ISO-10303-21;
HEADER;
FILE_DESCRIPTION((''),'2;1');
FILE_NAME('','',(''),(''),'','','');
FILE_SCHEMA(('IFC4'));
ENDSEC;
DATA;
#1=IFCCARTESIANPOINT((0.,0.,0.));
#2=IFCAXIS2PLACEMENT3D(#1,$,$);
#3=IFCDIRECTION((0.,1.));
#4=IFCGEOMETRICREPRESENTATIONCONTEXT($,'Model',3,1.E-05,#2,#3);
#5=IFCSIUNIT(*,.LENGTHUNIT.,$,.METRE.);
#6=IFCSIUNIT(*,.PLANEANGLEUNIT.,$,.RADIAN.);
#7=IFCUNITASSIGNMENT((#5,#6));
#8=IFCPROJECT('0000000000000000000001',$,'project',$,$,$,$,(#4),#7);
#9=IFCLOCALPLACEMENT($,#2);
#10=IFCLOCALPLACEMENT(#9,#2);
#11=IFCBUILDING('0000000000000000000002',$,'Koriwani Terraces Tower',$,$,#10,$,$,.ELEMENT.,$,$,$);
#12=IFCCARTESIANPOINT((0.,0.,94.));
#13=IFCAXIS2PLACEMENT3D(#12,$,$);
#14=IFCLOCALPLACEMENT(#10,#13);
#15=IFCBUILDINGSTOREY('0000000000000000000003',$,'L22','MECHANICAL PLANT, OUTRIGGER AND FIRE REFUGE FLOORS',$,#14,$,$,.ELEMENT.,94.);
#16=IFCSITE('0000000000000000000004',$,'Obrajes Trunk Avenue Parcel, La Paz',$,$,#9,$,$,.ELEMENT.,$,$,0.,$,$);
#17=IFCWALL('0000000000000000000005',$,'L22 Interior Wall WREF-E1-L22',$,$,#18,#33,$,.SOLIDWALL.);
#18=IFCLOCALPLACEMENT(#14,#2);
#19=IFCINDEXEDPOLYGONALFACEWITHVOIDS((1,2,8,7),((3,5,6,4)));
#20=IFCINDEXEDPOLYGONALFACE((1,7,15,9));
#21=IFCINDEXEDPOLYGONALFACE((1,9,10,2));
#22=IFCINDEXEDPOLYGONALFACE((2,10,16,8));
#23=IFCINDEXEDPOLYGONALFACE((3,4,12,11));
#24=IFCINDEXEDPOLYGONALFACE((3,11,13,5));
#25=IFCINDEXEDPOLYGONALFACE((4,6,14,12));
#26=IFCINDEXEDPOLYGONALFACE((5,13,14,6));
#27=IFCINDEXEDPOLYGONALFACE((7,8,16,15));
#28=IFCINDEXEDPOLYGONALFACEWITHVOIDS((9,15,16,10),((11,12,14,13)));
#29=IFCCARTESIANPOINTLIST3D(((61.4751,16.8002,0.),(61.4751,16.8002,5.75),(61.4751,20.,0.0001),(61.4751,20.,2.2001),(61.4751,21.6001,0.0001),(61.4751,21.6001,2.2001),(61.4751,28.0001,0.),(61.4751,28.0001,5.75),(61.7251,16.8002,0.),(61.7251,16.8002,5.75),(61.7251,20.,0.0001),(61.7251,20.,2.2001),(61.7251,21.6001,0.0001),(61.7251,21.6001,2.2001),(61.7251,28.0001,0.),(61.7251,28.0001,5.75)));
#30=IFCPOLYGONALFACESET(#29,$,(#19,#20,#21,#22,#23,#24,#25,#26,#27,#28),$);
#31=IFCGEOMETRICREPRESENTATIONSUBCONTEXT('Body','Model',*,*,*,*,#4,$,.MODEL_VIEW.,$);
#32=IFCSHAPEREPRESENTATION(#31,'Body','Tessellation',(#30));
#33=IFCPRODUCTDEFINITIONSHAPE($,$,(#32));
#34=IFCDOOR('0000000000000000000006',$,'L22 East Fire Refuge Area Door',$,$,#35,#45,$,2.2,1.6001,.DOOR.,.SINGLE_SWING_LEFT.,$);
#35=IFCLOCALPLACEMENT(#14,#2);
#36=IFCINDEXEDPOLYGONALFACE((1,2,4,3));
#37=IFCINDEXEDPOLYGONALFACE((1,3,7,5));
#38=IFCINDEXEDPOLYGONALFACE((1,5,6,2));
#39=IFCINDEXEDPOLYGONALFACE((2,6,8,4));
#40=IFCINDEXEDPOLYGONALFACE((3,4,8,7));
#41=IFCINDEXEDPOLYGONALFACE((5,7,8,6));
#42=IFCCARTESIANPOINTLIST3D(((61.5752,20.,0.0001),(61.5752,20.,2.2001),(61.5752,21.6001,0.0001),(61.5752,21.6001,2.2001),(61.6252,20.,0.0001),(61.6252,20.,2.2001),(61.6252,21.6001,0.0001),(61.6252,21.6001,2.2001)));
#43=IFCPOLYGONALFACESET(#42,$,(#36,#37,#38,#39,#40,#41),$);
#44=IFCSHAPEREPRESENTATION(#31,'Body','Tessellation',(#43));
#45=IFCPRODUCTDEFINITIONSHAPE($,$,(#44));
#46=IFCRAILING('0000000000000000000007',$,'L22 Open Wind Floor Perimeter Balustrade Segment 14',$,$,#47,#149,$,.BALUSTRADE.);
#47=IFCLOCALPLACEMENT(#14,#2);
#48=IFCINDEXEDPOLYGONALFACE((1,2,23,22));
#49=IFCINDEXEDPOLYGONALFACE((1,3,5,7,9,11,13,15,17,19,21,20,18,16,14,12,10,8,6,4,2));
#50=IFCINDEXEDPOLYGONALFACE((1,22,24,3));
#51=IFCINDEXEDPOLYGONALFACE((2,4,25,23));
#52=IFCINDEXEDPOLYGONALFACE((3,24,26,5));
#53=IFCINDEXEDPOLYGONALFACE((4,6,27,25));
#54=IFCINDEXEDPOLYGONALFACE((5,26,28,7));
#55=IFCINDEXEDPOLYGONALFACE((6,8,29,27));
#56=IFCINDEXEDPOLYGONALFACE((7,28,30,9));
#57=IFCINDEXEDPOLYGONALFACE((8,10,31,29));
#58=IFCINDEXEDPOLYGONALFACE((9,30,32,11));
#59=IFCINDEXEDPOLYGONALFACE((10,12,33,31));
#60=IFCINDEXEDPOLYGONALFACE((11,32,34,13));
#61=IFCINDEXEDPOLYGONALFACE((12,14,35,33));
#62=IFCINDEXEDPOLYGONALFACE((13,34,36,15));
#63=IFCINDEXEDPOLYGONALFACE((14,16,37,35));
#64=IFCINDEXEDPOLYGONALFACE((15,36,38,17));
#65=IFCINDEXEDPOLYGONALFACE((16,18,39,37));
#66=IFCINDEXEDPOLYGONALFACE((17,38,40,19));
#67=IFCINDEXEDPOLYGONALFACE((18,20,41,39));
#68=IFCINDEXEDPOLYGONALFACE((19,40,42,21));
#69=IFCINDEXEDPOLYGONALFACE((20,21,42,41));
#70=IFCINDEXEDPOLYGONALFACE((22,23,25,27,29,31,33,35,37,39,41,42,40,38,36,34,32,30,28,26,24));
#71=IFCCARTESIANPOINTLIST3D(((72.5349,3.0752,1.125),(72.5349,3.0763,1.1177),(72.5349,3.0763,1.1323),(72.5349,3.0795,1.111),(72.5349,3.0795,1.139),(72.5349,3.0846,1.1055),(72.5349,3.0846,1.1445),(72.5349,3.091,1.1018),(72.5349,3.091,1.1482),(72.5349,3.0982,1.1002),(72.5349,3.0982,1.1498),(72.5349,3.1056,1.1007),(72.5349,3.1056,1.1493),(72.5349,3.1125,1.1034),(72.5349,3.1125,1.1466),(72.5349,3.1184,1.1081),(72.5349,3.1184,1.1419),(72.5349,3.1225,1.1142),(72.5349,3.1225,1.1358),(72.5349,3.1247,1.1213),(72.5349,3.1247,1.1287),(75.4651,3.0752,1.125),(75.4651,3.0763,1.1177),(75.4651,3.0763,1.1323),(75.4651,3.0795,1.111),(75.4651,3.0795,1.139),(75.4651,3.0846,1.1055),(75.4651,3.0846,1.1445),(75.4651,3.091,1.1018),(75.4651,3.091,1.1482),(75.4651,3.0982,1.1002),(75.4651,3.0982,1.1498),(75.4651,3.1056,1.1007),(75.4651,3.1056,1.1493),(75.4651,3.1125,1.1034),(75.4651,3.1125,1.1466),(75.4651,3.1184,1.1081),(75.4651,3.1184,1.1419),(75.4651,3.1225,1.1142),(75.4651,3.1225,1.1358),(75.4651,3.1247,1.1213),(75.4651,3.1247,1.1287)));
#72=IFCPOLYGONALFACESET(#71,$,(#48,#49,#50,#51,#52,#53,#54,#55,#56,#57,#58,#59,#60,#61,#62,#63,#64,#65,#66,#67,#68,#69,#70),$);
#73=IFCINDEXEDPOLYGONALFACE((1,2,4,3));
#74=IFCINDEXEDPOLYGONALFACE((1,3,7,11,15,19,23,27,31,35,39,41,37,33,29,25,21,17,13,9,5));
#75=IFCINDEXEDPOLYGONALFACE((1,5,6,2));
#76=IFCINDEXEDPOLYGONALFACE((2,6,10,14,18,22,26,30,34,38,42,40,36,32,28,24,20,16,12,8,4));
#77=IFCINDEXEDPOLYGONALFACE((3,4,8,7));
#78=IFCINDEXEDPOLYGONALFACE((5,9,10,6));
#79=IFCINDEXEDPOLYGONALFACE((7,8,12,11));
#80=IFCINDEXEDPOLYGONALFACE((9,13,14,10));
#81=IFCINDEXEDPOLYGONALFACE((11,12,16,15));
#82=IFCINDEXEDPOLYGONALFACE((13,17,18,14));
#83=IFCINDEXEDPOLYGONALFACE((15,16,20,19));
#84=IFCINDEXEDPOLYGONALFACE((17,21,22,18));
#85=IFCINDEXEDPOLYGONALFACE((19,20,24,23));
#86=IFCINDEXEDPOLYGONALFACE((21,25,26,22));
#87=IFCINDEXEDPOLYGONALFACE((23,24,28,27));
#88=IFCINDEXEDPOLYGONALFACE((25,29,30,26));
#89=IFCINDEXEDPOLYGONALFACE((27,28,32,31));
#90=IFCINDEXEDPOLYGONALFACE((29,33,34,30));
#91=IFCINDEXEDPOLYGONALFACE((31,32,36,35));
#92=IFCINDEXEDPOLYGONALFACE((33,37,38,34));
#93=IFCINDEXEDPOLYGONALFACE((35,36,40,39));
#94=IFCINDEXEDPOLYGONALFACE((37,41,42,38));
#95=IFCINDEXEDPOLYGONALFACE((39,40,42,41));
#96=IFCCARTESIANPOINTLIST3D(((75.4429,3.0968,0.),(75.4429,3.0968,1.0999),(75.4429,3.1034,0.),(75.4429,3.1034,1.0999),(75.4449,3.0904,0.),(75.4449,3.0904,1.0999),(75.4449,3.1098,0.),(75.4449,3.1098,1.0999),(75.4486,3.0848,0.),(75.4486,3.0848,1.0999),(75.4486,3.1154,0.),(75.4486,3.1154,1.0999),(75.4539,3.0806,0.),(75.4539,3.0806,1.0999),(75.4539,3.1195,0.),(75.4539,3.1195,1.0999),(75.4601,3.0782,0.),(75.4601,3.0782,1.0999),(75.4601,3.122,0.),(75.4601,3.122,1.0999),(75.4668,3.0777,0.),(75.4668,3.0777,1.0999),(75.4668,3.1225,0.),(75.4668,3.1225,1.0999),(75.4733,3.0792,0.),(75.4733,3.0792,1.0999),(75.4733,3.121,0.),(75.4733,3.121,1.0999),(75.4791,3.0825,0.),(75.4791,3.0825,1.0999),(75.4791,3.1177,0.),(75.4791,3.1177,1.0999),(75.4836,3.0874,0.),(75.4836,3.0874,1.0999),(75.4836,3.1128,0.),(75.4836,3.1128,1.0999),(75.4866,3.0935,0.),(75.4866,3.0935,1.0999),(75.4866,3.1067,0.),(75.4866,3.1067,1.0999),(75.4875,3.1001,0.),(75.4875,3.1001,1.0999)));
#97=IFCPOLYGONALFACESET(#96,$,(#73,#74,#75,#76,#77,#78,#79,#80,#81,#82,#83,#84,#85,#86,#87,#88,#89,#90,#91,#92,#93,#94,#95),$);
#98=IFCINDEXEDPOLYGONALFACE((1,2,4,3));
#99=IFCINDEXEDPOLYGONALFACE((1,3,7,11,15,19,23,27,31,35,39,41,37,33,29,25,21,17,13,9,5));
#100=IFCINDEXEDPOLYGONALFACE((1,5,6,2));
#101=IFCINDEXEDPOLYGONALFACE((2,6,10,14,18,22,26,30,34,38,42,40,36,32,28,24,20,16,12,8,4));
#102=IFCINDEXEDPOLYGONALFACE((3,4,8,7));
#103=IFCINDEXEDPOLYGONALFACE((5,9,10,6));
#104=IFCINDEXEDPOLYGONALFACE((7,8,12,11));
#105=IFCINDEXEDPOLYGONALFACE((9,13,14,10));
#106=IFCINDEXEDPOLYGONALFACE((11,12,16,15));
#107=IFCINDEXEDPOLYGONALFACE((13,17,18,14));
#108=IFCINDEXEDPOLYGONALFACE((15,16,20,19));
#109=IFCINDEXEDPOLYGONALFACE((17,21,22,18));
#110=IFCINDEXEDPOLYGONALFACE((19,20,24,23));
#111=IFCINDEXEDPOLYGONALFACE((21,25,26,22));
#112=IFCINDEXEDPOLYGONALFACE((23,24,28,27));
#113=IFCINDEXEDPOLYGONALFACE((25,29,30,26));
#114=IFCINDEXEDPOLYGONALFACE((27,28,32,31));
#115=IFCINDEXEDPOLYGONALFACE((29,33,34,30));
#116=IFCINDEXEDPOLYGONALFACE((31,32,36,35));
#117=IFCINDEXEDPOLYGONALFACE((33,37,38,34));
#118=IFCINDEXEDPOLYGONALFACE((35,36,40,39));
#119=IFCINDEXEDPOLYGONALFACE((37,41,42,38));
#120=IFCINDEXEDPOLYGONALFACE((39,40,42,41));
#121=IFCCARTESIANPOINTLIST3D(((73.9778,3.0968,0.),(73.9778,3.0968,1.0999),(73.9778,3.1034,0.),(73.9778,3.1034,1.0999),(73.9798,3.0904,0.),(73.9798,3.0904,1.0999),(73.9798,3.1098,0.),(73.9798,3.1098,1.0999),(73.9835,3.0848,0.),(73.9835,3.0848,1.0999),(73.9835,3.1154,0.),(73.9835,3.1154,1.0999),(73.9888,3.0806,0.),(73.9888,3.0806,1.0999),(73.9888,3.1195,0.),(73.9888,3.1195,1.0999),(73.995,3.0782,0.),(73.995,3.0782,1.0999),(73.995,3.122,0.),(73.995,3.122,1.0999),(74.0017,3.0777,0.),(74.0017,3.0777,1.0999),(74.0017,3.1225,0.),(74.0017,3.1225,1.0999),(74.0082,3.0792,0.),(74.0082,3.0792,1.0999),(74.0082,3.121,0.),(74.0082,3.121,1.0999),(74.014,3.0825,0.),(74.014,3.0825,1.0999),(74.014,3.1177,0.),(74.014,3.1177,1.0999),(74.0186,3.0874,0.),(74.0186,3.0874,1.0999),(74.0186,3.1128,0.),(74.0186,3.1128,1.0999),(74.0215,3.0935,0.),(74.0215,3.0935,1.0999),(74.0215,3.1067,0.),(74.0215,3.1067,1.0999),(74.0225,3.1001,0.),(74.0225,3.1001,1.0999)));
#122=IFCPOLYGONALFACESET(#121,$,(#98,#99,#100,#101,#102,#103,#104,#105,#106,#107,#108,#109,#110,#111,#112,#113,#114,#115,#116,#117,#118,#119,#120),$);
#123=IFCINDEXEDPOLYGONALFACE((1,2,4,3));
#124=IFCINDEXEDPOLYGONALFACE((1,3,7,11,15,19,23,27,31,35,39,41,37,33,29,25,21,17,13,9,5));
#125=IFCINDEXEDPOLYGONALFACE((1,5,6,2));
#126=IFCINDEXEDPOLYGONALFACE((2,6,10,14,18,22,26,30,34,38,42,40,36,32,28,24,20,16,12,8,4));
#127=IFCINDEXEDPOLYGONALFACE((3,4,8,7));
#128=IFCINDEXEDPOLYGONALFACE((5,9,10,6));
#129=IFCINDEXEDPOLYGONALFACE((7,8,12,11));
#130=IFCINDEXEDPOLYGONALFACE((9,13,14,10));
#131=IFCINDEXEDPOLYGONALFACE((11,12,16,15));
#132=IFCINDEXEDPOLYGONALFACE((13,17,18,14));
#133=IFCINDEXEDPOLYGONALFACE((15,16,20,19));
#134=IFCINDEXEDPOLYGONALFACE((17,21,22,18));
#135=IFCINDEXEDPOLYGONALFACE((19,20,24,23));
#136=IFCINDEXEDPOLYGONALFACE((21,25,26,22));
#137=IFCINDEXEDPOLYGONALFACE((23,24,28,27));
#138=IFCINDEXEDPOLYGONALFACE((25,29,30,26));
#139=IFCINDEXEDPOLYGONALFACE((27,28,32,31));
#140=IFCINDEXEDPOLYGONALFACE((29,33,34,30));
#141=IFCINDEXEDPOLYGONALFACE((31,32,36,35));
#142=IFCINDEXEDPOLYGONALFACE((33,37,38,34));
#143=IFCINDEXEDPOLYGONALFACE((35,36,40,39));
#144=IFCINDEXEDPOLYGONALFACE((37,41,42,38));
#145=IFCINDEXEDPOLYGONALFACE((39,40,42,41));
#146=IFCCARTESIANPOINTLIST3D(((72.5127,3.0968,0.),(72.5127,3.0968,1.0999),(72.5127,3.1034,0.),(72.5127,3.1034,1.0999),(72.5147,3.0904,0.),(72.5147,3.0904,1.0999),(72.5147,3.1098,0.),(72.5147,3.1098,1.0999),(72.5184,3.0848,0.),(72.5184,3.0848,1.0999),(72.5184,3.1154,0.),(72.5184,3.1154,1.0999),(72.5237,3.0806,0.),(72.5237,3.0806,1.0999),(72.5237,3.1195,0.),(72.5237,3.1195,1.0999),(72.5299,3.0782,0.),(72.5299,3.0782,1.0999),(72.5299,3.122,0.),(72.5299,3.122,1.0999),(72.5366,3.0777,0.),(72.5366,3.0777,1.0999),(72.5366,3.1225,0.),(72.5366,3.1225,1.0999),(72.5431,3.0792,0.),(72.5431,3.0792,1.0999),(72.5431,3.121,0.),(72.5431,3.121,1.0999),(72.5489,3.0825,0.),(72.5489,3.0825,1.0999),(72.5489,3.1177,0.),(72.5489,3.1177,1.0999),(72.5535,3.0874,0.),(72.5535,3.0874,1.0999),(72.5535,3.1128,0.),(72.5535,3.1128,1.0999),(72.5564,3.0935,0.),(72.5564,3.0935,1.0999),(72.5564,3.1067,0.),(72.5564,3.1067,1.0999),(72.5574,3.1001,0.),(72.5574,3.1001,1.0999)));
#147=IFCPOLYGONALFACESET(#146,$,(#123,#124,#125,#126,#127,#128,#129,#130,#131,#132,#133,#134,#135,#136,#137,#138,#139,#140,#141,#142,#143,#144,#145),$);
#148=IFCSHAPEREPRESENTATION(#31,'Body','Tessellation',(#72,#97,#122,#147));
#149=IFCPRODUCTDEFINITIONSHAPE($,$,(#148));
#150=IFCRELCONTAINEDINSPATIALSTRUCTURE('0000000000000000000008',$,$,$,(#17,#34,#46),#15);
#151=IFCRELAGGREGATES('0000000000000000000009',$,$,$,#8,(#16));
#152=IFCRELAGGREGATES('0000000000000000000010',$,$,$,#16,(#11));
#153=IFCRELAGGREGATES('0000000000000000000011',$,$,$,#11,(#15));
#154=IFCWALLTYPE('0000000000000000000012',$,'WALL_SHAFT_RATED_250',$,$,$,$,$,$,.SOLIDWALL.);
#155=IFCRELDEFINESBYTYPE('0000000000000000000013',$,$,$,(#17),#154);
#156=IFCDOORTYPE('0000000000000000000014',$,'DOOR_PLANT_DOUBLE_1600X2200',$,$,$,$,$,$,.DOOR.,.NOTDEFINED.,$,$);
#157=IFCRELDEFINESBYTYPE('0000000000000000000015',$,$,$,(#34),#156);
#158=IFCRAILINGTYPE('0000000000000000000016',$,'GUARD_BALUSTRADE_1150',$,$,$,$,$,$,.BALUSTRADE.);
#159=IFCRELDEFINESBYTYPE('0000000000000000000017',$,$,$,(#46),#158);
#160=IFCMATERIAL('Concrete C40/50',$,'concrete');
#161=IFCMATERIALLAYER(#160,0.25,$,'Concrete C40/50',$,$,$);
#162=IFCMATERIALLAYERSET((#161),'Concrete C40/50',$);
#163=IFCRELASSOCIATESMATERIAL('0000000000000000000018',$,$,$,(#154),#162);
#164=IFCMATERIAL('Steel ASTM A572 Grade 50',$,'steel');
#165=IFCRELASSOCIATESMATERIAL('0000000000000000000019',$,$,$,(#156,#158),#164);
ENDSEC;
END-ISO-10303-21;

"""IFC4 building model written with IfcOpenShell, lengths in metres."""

from ifc_helpers import new_model, si_unit, direction, frame, frame_2d, origin, origin_2d, place, context, subcontext, project, spatial, rectangle, circle, extrude, material, layer, layer_set, type_object, element, fill, save


model = new_model("IFC4")

# Units and contexts
model_context = context("Model", 3, precision=1e-05, world=origin(), true_north=direction((0.0, 1.0)))
body_context = subcontext(model_context, "Body", "Model", "MODEL_VIEW")
ifc_project = project(units=[si_unit("LENGTHUNIT", "METRE"), si_unit("PLANEANGLEUNIT", "RADIAN")], contexts=[model_context])

# Site, building, storey
site_placement = place(None, origin())
site = spatial("IfcSite", under=ifc_project, at=site_placement, Name="Obrajes Trunk Avenue Parcel, La Paz", CompositionType="ELEMENT", RefElevation=0.0)
building_placement = place(site_placement, origin())
building = spatial("IfcBuilding", under=site, at=building_placement, Name="Koriwani Terraces Tower", CompositionType="ELEMENT")
storey_placement = place(building_placement, frame((0.0, 0.0, 94.0)))
storey = spatial("IfcBuildingStorey", under=building, at=storey_placement, Name="L22", Description="MECHANICAL PLANT, OUTRIGGER AND FIRE REFUGE FLOORS", CompositionType="ELEMENT", Elevation=94.0)

# Shared definitions
ifc_material_1 = material(Name="Steel ASTM A572 Grade 50", Category="steel")

# Shared definitions
ifc_material_2 = material(Name="Concrete C40/50", Category="concrete")
ifc_layer_1 = layer(ifc_material_2, 0.25, Name="Concrete C40/50")
ifc_layer_set_1 = layer_set([ifc_layer_1], Name="Concrete C40/50")
wall_type_1 = type_object("IfcWallType", Name="WALL_SHAFT_RATED_250", PredefinedType="SOLIDWALL", material=ifc_layer_set_1)

# Wall, opening, door
wall_1_placement = place(storey_placement, frame((61.6001, 16.8, 0.0), z_axis=(0.0, 0.0, 1.0), x_axis=(0.0, 1.0, 0.0)))
wall_1 = element("IfcWall", 1, at=wall_1_placement, inside=storey, type_object=wall_type_1, Name="L22 Interior Wall WREF-E1-L22", PredefinedType="SOLIDWALL", context=body_context, shape_type="SweptSolid", body=[
    extrude(rectangle(XDim=11.2, YDim=0.25, at=frame_2d((5.6001, 0.0))), origin(), (0.0, 0.0, 1.0), 5.75),
])
opening_placement = place(wall_1_placement, frame((3.2, 0.0, 0.0)))
opening = element("IfcOpeningElement", 2, at=opening_placement, cuts=wall_1, PredefinedType="OPENING", context=body_context, shape_type="SweptSolid", body=[
    extrude(rectangle(XDim=1.6001, YDim=2.2, at=frame_2d((0.8, 1.1001))), frame((0.0, 0.135, 0.0), z_axis=(0.0, -1.0, 0.0), x_axis=(1.0, 0.0, 0.0)), (0.0, 0.0, 1.0), 0.27),
])
door_type = type_object("IfcDoorType", Name="DOOR_PLANT_DOUBLE_1600X2200", OperationType="NOTDEFINED", PredefinedType="DOOR", material=ifc_material_1)
door_placement = place(opening_placement, origin())
door = element("IfcDoor", 3, at=door_placement, inside=storey, type_object=door_type, Name="L22 East Fire Refuge Area Door", OperationType="SINGLE_SWING_LEFT", OverallHeight=2.2, OverallWidth=1.6001, PredefinedType="DOOR", context=body_context, shape_type="SweptSolid", body=[
    extrude(rectangle(XDim=1.6001, YDim=2.2, at=frame_2d((0.8, 1.1001))), frame((0.0, 0.0249, 0.0), z_axis=(0.0, -1.0, 0.0), x_axis=(1.0, 0.0, 0.0)), (0.0, 0.0, 1.0), 0.05),
])
fill(opening, door)

# Railing
railing_type = type_object("IfcRailingType", Name="GUARD_BALUSTRADE_1150", PredefinedType="BALUSTRADE", material=ifc_material_1)
railing_1_placement = place(storey_placement, frame((75.4651, 3.1001, 0.0)))
element("IfcRailing", 4, at=railing_1_placement, inside=storey, type_object=railing_type, Name="L22 Open Wind Floor Perimeter Balustrade Segment 14", PredefinedType="BALUSTRADE", context=body_context, shape_type="SweptSolid", body=[
    extrude(circle(Radius=0.0249, at=origin_2d()), frame((0.0, 0.0, 1.125), z_axis=(-1.0, 0.0, 0.0), x_axis=(0.0, -1.0, 0.0)), (0.0, 0.0, 1.0), 2.9302),
    extrude(circle(Radius=0.0225, at=origin_2d()), origin(), (0.0, 0.0, 1.0), 1.0999),
    extrude(circle(Radius=0.0225, at=origin_2d()), frame((-1.4651, 0.0, 0.0)), (0.0, 0.0, 1.0), 1.0999),
    extrude(circle(Radius=0.0225, at=origin_2d()), frame((-2.9302, 0.0, 0.0)), (0.0, 0.0, 1.0), 1.0999),
])

save(model, "model.ifc")
